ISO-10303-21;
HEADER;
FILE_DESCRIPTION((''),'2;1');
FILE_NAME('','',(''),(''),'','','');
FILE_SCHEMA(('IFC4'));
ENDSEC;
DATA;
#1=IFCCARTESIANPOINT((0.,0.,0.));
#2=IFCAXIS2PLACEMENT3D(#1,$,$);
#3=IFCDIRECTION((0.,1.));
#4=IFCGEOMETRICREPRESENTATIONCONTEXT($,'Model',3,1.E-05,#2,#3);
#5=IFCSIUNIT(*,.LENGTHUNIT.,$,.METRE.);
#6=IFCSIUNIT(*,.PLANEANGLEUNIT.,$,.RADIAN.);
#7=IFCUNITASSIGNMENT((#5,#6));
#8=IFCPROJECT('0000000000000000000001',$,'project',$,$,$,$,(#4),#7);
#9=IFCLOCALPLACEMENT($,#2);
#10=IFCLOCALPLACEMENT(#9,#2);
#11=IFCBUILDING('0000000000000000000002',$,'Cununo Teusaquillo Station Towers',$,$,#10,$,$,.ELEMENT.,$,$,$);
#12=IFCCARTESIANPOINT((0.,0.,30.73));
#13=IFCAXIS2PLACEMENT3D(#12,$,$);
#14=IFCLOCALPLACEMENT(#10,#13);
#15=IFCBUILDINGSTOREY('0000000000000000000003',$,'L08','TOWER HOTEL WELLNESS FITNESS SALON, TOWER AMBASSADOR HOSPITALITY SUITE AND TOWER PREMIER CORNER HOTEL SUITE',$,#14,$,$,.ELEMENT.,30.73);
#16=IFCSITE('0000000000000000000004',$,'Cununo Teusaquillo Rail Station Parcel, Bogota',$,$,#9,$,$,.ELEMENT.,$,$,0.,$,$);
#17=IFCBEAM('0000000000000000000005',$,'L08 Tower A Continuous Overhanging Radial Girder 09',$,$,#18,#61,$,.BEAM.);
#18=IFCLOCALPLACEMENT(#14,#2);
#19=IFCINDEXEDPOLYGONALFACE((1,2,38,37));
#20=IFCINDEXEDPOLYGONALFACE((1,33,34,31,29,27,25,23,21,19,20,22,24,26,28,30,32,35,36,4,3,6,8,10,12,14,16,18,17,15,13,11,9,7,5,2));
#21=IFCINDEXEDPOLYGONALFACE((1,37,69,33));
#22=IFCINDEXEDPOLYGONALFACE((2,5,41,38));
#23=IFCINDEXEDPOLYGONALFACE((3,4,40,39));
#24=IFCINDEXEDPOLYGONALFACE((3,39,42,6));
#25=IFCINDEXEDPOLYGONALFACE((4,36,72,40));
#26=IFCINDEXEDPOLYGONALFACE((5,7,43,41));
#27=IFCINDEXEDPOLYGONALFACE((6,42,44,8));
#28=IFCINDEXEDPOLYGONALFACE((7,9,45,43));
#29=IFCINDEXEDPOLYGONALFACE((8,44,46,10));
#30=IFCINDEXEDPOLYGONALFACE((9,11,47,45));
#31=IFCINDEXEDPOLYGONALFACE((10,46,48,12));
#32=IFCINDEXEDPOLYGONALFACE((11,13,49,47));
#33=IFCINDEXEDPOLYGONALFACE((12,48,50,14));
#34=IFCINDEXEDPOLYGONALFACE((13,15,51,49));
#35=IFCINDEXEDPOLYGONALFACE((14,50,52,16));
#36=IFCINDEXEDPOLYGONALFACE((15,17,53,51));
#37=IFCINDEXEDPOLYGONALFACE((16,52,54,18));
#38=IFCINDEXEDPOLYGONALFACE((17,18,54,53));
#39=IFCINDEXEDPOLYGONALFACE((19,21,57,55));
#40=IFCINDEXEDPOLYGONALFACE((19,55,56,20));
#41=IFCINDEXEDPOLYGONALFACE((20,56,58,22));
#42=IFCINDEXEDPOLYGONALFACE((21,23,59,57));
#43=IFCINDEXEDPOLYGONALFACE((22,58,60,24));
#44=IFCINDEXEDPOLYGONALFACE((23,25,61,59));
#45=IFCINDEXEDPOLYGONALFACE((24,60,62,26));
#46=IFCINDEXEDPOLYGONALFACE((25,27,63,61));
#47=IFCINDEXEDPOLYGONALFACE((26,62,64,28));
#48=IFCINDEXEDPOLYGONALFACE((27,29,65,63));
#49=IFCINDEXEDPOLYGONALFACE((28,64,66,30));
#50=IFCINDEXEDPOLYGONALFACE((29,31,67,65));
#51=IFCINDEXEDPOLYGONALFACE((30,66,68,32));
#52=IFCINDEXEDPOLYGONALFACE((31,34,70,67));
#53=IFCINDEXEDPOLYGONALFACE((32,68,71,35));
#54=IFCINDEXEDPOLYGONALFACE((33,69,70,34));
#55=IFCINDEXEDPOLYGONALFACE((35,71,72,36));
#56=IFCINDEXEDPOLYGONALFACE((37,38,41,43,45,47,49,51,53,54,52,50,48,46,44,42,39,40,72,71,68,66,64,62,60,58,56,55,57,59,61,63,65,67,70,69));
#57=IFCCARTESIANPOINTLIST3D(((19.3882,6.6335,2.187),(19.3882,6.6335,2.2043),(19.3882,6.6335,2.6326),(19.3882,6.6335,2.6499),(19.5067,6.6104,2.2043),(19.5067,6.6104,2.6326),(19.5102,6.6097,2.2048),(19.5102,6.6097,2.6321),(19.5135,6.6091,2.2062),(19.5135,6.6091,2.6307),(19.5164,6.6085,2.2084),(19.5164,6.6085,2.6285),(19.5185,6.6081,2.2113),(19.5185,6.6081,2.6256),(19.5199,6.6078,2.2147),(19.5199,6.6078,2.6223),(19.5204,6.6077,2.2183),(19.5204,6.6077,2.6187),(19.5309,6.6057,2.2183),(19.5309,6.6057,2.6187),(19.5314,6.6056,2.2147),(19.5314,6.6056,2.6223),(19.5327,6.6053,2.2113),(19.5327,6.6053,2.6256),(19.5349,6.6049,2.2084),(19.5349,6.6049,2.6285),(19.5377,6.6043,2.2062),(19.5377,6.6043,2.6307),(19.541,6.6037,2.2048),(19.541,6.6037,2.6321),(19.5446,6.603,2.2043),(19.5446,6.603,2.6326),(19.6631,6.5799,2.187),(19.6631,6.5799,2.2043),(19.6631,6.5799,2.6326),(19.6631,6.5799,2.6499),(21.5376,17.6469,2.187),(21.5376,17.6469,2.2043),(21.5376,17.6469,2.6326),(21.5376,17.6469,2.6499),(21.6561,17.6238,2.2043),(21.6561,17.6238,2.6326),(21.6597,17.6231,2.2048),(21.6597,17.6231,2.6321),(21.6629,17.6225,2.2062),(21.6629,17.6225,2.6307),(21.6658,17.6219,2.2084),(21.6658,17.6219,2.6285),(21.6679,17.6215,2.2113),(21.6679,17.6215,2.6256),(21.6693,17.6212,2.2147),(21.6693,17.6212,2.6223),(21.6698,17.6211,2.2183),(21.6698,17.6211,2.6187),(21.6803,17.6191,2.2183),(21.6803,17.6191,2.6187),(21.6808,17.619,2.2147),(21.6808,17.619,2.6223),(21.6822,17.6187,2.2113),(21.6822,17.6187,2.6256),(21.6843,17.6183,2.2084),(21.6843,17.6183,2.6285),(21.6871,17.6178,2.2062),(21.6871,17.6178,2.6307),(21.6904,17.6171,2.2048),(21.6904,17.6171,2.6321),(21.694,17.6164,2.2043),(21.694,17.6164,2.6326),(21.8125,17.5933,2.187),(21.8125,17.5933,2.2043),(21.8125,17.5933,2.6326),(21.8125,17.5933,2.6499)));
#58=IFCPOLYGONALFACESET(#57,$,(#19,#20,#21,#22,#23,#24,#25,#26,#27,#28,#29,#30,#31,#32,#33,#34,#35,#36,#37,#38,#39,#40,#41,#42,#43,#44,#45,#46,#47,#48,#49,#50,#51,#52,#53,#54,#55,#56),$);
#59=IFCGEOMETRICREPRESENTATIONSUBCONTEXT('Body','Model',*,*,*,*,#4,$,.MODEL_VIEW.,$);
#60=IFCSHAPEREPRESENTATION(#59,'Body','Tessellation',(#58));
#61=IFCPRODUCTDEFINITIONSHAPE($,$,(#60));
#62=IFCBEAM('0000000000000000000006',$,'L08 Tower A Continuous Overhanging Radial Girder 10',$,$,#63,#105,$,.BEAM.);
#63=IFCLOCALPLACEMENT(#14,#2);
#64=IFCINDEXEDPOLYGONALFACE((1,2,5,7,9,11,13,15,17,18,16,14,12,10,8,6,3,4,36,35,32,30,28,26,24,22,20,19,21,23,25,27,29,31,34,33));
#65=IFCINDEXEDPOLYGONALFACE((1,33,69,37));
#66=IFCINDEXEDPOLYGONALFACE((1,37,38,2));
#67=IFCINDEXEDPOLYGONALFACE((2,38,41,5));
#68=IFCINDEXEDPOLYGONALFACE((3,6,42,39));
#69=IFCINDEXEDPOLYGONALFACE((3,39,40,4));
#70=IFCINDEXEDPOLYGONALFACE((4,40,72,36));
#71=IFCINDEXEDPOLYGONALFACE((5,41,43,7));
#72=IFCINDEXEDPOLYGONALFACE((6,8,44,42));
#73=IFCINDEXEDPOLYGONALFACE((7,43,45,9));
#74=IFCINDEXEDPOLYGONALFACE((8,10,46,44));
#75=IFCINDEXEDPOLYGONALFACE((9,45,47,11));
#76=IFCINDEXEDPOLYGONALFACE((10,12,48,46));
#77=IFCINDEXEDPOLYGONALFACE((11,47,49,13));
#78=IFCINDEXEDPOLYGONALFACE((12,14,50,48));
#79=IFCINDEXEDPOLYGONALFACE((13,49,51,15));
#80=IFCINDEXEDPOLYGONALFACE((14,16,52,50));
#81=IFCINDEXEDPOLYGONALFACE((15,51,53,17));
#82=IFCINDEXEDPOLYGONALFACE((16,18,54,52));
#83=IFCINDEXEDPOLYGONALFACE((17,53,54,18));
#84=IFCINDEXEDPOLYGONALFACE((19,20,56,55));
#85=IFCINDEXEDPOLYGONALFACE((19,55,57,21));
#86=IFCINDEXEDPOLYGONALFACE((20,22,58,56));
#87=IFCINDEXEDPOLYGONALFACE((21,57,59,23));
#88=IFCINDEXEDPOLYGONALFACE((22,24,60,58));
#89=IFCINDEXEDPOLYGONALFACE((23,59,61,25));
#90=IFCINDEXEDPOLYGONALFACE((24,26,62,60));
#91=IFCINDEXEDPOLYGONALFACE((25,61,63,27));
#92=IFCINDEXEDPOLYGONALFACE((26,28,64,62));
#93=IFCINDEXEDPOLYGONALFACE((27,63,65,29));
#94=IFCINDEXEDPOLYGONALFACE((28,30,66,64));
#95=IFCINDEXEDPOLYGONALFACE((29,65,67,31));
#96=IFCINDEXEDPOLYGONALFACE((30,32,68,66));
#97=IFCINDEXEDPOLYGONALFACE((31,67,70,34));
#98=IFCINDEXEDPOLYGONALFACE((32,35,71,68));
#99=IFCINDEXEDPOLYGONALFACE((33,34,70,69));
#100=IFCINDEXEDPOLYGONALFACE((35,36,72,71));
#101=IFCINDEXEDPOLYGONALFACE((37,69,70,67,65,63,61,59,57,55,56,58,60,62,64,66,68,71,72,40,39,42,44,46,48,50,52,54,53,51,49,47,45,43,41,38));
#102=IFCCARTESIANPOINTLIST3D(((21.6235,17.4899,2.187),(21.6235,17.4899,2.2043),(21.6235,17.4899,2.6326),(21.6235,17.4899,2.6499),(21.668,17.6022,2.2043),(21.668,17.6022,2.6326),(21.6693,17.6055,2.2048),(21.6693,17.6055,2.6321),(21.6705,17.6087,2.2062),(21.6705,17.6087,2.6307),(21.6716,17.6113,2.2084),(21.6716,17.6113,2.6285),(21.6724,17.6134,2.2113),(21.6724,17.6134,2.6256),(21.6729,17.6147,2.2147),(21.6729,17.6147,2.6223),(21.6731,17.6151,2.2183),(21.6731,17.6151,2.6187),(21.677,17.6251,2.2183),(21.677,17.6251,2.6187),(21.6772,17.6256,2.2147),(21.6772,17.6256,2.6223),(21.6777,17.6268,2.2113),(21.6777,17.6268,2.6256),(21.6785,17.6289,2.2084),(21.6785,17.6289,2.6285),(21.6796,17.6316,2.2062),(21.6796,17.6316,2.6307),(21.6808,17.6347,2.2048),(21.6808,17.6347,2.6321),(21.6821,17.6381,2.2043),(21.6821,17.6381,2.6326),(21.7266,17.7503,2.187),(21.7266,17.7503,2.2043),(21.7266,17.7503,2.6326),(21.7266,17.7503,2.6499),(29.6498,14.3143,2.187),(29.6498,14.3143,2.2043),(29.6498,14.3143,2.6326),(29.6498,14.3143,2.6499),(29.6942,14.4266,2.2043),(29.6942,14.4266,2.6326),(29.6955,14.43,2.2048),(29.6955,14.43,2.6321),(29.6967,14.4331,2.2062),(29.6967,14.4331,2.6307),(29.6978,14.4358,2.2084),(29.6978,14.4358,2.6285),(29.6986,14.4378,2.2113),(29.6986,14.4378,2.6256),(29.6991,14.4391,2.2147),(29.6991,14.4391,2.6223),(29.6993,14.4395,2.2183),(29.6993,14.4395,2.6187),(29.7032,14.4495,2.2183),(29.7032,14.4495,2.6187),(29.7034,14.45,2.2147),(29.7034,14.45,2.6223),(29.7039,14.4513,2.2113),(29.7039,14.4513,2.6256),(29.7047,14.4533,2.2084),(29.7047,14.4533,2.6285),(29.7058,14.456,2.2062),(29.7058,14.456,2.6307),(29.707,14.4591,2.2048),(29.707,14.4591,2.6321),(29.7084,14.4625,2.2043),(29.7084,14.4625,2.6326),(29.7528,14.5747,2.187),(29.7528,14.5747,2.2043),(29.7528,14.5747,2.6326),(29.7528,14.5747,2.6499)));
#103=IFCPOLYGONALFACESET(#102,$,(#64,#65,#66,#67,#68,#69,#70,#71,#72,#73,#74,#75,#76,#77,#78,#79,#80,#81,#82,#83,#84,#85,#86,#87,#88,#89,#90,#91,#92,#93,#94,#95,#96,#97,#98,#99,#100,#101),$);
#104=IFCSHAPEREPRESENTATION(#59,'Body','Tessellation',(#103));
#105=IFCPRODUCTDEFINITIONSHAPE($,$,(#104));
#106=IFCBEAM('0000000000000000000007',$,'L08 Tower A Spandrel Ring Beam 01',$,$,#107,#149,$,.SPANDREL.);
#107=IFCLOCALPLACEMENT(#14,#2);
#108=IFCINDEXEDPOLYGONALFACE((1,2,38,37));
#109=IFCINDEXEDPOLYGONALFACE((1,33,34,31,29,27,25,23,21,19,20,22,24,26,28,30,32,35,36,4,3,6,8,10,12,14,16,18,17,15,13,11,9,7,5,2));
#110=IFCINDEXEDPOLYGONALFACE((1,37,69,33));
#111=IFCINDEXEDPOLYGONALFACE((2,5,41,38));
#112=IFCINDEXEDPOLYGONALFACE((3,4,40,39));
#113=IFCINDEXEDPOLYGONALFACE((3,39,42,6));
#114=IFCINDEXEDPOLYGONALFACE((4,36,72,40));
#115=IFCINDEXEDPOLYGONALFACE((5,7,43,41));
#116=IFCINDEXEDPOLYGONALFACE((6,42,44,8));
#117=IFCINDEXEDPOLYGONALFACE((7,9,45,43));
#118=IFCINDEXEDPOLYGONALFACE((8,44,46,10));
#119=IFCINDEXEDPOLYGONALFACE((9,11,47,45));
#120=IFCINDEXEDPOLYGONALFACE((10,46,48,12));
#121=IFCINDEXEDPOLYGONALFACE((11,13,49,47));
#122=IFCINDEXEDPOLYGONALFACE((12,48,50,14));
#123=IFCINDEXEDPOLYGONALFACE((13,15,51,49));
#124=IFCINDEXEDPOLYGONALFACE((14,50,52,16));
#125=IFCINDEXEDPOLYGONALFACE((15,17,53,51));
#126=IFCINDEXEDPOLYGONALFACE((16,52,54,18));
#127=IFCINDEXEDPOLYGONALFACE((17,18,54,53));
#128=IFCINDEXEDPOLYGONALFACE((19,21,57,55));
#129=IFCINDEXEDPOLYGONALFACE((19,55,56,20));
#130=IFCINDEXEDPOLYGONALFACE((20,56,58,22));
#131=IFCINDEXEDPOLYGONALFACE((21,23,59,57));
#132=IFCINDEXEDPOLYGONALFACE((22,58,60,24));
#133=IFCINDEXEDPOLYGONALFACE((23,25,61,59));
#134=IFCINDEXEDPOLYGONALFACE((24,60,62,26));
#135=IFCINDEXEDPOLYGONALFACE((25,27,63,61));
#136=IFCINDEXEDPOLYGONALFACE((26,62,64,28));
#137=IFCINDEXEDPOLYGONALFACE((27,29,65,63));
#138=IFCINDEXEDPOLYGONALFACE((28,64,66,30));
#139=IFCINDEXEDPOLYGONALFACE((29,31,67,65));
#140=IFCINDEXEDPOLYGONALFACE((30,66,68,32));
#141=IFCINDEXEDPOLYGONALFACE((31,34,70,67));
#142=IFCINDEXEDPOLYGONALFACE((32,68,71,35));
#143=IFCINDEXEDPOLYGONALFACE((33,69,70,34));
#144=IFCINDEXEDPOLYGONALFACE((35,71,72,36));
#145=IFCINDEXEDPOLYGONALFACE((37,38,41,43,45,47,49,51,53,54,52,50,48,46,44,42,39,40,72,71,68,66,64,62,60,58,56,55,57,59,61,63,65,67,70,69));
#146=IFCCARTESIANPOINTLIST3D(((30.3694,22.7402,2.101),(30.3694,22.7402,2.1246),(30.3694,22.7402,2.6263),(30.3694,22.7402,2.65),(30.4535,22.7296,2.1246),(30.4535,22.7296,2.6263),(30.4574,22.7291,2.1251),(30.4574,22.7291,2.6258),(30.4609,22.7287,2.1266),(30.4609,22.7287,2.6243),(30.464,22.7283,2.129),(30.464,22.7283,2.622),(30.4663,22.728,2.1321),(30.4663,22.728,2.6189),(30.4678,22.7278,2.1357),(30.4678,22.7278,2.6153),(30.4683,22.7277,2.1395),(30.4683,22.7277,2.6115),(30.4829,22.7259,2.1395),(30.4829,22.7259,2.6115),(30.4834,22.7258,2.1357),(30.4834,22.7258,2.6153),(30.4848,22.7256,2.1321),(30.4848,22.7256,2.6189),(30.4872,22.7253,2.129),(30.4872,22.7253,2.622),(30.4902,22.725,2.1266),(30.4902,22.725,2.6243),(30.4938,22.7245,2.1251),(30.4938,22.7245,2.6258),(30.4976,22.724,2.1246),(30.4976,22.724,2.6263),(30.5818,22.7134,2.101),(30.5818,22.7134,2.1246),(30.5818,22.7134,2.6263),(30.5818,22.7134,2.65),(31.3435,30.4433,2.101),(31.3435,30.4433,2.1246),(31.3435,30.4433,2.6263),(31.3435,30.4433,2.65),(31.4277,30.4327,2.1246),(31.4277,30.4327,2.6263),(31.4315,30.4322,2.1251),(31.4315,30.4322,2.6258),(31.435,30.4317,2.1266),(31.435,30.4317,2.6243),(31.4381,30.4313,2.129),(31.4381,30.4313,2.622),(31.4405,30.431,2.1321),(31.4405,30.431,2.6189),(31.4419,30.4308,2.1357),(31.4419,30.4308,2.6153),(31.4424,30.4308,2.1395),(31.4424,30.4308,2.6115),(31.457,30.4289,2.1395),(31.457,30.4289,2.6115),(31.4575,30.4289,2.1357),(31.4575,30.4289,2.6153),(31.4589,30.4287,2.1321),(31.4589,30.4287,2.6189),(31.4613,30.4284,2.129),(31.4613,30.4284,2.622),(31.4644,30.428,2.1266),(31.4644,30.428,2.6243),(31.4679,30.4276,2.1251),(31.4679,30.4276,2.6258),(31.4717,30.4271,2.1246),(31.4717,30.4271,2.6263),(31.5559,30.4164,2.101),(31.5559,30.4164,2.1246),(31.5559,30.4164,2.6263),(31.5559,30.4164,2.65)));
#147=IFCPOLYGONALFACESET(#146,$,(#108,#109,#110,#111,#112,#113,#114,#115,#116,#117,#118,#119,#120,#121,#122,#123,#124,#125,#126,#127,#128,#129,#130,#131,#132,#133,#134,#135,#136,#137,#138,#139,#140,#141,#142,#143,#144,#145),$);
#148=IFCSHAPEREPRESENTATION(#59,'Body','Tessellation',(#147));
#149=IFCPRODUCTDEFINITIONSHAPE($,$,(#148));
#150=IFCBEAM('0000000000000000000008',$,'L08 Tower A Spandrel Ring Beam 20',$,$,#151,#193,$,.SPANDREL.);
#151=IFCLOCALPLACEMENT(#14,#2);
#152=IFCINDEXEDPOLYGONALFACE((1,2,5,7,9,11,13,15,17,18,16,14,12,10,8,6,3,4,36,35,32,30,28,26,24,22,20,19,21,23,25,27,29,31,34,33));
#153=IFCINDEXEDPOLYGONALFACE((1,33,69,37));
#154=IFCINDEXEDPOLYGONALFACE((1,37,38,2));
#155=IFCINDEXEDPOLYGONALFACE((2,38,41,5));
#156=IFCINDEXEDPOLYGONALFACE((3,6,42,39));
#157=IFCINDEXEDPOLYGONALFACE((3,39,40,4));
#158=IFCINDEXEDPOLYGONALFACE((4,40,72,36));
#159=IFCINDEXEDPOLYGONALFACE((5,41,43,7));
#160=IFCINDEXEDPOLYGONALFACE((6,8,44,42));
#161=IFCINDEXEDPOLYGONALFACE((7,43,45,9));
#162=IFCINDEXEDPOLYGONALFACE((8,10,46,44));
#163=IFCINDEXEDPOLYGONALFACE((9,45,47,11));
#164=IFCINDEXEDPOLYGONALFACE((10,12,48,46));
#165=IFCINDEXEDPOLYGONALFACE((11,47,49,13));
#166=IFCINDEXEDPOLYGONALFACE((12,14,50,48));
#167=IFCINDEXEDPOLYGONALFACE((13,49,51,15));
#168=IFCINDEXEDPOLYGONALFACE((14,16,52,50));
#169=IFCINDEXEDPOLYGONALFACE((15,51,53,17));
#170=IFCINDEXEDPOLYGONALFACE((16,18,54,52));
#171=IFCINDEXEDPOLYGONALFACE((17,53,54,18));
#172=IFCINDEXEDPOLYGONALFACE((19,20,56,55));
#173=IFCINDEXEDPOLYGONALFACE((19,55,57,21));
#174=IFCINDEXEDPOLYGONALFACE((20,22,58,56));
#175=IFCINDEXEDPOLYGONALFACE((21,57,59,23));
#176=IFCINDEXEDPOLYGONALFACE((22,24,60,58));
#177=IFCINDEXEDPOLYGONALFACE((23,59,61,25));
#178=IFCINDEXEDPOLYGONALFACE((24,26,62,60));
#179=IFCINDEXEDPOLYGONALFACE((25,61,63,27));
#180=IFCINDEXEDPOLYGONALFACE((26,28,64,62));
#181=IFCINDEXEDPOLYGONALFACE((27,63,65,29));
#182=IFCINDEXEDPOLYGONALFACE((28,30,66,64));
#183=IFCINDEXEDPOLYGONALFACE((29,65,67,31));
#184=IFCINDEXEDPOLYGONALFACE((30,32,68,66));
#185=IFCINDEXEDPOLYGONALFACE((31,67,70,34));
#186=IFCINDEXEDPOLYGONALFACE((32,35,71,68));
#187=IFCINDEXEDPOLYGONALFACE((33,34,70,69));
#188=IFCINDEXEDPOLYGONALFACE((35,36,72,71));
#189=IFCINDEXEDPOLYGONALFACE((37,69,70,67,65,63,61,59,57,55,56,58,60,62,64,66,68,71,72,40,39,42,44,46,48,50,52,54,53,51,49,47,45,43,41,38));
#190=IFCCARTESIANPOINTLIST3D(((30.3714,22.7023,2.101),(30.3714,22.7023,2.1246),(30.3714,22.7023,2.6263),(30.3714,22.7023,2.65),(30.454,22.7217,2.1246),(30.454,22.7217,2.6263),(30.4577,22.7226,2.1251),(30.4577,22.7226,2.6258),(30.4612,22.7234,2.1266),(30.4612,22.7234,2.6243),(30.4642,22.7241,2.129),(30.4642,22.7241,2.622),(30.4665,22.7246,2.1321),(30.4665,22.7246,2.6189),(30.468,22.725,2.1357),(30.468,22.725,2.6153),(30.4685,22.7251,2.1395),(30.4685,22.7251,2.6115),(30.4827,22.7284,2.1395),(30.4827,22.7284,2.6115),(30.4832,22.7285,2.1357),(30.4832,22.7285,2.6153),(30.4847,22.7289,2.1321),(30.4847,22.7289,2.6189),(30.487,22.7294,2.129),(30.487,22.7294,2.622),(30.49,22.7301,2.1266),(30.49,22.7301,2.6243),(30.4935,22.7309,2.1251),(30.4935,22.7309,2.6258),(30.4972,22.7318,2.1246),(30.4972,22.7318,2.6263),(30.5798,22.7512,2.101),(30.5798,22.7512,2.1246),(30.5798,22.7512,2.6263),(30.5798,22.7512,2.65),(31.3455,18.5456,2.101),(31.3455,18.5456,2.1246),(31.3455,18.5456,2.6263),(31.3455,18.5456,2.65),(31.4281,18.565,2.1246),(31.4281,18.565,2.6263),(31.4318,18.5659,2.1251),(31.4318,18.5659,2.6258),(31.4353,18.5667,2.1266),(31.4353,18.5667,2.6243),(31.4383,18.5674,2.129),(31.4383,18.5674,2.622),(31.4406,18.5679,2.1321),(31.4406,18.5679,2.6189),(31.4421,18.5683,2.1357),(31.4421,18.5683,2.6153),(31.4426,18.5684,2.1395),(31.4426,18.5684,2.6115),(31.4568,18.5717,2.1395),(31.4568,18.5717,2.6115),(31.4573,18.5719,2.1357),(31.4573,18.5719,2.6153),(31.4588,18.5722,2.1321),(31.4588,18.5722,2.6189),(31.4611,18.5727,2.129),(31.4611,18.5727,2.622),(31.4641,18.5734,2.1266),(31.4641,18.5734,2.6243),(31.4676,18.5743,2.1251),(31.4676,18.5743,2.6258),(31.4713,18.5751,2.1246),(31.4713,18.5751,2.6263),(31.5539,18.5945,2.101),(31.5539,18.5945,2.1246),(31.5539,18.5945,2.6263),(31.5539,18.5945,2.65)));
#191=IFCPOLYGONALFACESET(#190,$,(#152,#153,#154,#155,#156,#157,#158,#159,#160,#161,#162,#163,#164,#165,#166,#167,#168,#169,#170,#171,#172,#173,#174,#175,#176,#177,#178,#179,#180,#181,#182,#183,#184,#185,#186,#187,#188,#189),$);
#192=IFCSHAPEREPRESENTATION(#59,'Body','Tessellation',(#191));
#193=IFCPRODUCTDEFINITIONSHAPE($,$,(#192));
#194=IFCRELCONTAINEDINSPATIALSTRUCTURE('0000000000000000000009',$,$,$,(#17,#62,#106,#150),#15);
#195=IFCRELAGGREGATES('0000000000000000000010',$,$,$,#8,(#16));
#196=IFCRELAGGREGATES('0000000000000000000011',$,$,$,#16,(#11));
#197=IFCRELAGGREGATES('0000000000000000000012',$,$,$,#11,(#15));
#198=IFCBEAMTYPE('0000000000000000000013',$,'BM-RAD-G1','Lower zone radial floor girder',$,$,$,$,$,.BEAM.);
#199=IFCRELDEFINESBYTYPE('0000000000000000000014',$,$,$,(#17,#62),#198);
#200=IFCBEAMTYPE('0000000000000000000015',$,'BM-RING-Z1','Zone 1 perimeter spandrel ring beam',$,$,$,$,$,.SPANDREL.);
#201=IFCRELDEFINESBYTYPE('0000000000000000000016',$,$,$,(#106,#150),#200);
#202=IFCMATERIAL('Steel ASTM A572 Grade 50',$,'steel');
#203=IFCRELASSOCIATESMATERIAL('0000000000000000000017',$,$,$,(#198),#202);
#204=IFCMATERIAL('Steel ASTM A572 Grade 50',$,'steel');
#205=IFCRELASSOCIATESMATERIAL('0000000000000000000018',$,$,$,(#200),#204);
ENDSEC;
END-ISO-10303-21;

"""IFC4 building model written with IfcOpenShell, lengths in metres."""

from ifc_helpers import new_model, si_unit, direction, frame, origin, origin_2d, place, context, subcontext, project, spatial, i_section, extrude, material, material_profile, profile_set, type_object, element, save


model = new_model("IFC4")

# Units and contexts
model_context = context("Model", 3, precision=1e-05, world=origin(), true_north=direction((0.0, 1.0)))
body_context = subcontext(model_context, "Body", "Model", "MODEL_VIEW")
ifc_project = project(units=[si_unit("LENGTHUNIT", "METRE"), si_unit("PLANEANGLEUNIT", "RADIAN")], contexts=[model_context])

# Site, building, storey
site_placement = place(None, origin())
site = spatial("IfcSite", under=ifc_project, at=site_placement, Name="Cununo Teusaquillo Rail Station Parcel, Bogota", CompositionType="ELEMENT", RefElevation=0.0)
building_placement = place(site_placement, origin())
building = spatial("IfcBuilding", under=site, at=building_placement, Name="Cununo Teusaquillo Station Towers", CompositionType="ELEMENT")
storey_placement = place(building_placement, frame((0.0, 0.0, 30.73)))
storey = spatial("IfcBuildingStorey", under=building, at=storey_placement, Name="L08", Description="TOWER HOTEL WELLNESS FITNESS SALON, TOWER AMBASSADOR HOSPITALITY SUITE AND TOWER PREMIER CORNER HOTEL SUITE", CompositionType="ELEMENT", Elevation=30.73)

# Beams
ifc_material_1 = material(Name="Steel ASTM A572 Grade 50", Category="steel")
ifc_material_profile_1 = material_profile(ifc_material_1, i_section(OverallWidth=0.28, OverallDepth=0.4629, WebThickness=0.0107, FlangeThickness=0.0173, FilletRadius=0.0139, at=origin_2d()), Name="W18X76")
ifc_profile_set_1 = profile_set([ifc_material_profile_1], Name="Steel ASTM A572 Grade 50")
beam_type_1 = type_object("IfcBeamType", Name="BM-RAD-G1", Description="Lower zone radial floor girder", PredefinedType="BEAM", material=ifc_profile_set_1)
beam_1_placement = place(storey_placement, frame((21.675, 17.6201, 2.4185), z_axis=(-0.191549, -0.981483, 0.0), x_axis=(0.981483, -0.191549, 0.0)))
element("IfcBeam", 1, at=beam_1_placement, inside=storey, type_object=beam_type_1, Name="L08 Tower A Continuous Overhanging Radial Girder 09", PredefinedType="BEAM", context=body_context, shape_type="SweptSolid", body=[
    extrude(i_section(OverallWidth=0.28, OverallDepth=0.4629, WebThickness=0.0107, FlangeThickness=0.0173, FilletRadius=0.0139, at=origin_2d()), origin(), (0.0, 0.0, 1.0), 11.2212),
])
beam_2_placement = place(storey_placement, frame((21.675, 17.6201, 2.4185), z_axis=(0.929865, -0.367901, 0.0), x_axis=(0.367901, 0.929865, 0.0)))
element("IfcBeam", 2, at=beam_2_placement, inside=storey, type_object=beam_type_1, Name="L08 Tower A Continuous Overhanging Radial Girder 10", PredefinedType="BEAM", context=body_context, shape_type="SweptSolid", body=[
    extrude(i_section(OverallWidth=0.28, OverallDepth=0.4629, WebThickness=0.0107, FlangeThickness=0.0173, FilletRadius=0.0139, at=origin_2d()), origin(), (0.0, 0.0, 1.0), 8.6316),
])
ifc_material_2 = material(Name="Steel ASTM A572 Grade 50", Category="steel")
ifc_material_profile_2 = material_profile(ifc_material_2, i_section(OverallWidth=0.2141, OverallDepth=0.5491, WebThickness=0.0146, FlangeThickness=0.0237, FilletRadius=0.0149, at=origin_2d()), Name="W21X93")
ifc_profile_set_2 = profile_set([ifc_material_profile_2], Name="Steel ASTM A572 Grade 50")
beam_type_2 = type_object("IfcBeamType", Name="BM-RING-Z1", Description="Zone 1 perimeter spandrel ring beam", PredefinedType="SPANDREL", material=ifc_profile_set_2)
beam_3_placement = place(storey_placement, frame((30.4756, 22.7268, 2.3755), z_axis=(0.125459, 0.992099, 0.0), x_axis=(-0.992099, 0.125459, 0.0)))
element("IfcBeam", 3, at=beam_3_placement, inside=storey, type_object=beam_type_2, Name="L08 Tower A Spandrel Ring Beam 01", PredefinedType="SPANDREL", context=body_context, shape_type="SweptSolid", body=[
    extrude(i_section(OverallWidth=0.2141, OverallDepth=0.5491, WebThickness=0.0146, FlangeThickness=0.0237, FilletRadius=0.0149, at=origin_2d()), origin(), (0.0, 0.0, 1.0), 7.7644),
])
beam_4_placement = place(storey_placement, frame((31.4497, 18.5701, 2.3755), z_axis=(-0.228166, 0.973622, 0.0), x_axis=(-0.973622, -0.228166, 0.0)))
element("IfcBeam", 4, at=beam_4_placement, inside=storey, type_object=beam_type_2, Name="L08 Tower A Spandrel Ring Beam 20", PredefinedType="SPANDREL", context=body_context, shape_type="SweptSolid", body=[
    extrude(i_section(OverallWidth=0.2141, OverallDepth=0.5491, WebThickness=0.0146, FlangeThickness=0.0237, FilletRadius=0.0149, at=origin_2d()), origin(), (0.0, 0.0, 1.0), 4.2693),
])

save(model, "model.ifc")
